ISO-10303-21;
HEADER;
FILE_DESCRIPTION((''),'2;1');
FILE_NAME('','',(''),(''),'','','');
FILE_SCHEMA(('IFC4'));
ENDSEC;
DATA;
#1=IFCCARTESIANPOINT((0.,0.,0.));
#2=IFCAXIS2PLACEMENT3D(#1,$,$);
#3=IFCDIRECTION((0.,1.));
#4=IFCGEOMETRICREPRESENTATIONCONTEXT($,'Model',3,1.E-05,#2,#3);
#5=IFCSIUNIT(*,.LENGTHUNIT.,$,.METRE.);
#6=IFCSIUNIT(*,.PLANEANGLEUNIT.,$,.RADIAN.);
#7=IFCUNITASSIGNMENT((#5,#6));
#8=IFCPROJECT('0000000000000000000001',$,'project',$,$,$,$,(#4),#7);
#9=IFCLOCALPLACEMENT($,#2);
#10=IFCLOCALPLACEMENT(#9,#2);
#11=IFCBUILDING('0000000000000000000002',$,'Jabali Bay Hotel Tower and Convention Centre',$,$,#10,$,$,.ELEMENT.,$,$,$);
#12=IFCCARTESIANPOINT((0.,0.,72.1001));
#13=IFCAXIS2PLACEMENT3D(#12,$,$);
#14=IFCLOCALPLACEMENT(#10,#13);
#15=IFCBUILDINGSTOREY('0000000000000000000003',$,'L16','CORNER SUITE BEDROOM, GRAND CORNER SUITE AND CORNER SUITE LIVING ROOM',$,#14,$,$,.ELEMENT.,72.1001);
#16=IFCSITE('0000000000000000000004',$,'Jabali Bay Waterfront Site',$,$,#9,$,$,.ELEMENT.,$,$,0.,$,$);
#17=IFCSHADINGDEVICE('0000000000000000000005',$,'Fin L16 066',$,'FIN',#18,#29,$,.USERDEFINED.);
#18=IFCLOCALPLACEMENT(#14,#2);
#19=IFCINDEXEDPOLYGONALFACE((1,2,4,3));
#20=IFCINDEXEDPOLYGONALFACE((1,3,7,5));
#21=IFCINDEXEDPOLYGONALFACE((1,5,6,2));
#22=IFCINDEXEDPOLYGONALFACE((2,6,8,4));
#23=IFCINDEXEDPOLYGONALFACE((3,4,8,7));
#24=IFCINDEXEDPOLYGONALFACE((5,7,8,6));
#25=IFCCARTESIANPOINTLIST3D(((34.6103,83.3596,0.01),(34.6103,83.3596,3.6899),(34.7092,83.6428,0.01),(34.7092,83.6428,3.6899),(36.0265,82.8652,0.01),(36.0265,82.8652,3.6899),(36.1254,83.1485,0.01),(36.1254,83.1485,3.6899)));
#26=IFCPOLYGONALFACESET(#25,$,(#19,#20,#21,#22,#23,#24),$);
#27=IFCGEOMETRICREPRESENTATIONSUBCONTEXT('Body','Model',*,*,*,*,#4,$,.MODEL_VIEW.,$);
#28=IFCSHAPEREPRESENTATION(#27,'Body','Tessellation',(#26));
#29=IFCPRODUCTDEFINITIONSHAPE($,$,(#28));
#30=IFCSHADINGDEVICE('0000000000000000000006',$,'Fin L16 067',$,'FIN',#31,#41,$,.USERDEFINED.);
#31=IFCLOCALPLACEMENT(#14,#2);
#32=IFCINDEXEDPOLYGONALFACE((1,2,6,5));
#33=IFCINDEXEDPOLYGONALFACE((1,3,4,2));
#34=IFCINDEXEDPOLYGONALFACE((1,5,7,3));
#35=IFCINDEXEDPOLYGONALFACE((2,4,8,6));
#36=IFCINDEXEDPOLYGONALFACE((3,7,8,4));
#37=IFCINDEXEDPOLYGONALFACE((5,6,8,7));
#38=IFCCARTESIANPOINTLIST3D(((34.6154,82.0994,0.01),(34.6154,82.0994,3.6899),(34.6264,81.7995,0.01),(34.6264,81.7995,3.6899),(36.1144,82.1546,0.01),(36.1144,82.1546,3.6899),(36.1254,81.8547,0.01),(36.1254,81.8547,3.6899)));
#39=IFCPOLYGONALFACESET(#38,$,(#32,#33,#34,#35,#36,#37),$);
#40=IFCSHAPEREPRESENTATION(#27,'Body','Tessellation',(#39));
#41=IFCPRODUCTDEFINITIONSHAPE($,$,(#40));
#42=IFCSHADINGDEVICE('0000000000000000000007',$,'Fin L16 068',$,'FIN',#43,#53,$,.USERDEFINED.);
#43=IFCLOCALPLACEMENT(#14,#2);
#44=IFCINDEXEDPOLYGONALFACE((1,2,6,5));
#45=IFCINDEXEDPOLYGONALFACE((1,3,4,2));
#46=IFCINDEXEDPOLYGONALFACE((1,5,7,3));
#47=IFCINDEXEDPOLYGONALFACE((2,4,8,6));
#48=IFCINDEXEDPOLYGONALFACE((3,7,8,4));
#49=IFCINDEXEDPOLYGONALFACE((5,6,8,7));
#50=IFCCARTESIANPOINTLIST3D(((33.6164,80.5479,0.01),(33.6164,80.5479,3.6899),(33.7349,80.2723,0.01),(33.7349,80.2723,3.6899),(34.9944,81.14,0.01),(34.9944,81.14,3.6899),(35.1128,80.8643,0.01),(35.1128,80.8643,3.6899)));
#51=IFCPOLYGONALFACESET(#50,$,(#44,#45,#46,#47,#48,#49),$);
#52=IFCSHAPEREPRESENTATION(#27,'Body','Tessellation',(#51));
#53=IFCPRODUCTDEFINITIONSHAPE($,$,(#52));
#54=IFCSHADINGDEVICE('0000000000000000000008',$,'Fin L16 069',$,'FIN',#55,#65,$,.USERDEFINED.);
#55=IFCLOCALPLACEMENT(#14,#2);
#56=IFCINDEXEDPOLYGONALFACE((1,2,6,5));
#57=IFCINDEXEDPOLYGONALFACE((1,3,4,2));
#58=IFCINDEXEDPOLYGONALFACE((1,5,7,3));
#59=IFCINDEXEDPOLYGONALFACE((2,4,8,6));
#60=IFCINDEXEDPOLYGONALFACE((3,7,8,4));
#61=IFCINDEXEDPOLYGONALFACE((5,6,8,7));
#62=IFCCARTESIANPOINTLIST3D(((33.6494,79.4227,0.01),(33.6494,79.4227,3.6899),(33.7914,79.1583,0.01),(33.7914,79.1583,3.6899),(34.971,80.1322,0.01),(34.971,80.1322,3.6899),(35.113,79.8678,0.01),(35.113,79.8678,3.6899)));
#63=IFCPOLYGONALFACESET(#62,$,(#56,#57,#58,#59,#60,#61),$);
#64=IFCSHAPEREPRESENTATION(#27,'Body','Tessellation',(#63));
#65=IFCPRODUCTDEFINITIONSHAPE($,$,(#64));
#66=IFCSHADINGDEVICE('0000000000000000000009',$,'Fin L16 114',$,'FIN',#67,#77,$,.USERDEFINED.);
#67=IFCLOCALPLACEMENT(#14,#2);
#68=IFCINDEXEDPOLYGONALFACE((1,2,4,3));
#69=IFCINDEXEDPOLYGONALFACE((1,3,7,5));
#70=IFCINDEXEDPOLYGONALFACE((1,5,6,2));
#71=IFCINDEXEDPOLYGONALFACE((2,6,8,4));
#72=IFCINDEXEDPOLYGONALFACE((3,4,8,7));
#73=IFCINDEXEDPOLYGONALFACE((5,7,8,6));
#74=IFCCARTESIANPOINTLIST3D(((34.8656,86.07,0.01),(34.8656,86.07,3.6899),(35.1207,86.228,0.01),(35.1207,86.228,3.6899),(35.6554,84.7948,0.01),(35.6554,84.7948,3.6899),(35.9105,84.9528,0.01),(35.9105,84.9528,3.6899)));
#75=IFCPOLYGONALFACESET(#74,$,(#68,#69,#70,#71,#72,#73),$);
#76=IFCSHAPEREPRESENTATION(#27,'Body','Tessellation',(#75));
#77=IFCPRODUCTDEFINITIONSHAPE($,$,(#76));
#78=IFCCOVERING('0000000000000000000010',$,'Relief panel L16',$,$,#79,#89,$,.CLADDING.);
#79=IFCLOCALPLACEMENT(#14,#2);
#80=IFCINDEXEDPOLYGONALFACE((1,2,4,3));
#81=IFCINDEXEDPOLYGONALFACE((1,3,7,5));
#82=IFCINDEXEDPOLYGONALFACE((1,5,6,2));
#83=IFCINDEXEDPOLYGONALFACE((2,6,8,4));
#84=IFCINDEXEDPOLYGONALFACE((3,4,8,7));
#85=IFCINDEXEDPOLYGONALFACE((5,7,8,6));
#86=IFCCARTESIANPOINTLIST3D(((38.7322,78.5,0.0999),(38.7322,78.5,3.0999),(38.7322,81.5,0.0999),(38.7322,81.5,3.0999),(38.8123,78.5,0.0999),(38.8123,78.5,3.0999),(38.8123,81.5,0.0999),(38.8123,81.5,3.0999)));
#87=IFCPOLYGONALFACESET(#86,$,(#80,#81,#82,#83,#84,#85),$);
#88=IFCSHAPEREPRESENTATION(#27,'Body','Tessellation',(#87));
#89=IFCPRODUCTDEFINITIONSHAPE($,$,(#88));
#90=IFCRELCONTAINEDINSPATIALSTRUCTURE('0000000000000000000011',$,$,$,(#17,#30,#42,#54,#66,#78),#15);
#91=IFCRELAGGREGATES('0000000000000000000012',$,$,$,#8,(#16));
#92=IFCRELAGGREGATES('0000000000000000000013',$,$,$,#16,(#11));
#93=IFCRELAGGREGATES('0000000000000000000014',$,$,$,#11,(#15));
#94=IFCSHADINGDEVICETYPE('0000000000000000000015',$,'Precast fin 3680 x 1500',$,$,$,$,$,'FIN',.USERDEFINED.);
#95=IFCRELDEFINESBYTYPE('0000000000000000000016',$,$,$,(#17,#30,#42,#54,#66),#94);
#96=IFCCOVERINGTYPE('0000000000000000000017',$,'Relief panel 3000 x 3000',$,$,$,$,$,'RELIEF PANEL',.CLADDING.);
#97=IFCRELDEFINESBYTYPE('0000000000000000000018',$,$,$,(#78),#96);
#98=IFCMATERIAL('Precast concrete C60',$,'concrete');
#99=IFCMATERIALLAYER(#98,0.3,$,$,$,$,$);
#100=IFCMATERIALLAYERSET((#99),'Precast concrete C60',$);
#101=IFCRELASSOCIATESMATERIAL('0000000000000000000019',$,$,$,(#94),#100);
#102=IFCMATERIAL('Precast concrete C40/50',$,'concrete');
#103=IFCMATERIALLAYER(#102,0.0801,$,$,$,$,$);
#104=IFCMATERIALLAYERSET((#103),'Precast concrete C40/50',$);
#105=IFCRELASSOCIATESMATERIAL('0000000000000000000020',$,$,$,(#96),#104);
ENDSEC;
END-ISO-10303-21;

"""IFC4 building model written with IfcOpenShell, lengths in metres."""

from ifc_helpers import new_model, si_unit, direction, frame, frame_2d, origin, origin_2d, place, context, subcontext, project, spatial, rectangle, extrude, material, layer, layer_set, type_object, element, save


model = new_model("IFC4")

# Units and contexts
model_context = context("Model", 3, precision=1e-05, world=origin(), true_north=direction((0.0, 1.0)))
body_context = subcontext(model_context, "Body", "Model", "MODEL_VIEW")
ifc_project = project(units=[si_unit("LENGTHUNIT", "METRE"), si_unit("PLANEANGLEUNIT", "RADIAN")], contexts=[model_context])

# Site, building, storey
site_placement = place(None, origin())
site = spatial("IfcSite", under=ifc_project, at=site_placement, Name="Jabali Bay Waterfront Site", CompositionType="ELEMENT", RefElevation=0.0)
building_placement = place(site_placement, origin())
building = spatial("IfcBuilding", under=site, at=building_placement, Name="Jabali Bay Hotel Tower and Convention Centre", CompositionType="ELEMENT")
storey_placement = place(building_placement, frame((0.0, 0.0, 72.1001)))
storey = spatial("IfcBuildingStorey", under=building, at=storey_placement, Name="L16", Description="CORNER SUITE BEDROOM, GRAND CORNER SUITE AND CORNER SUITE LIVING ROOM", CompositionType="ELEMENT", Elevation=72.1001)

# Shading devices
ifc_material_1 = material(Name="Precast concrete C60", Category="concrete")
ifc_layer_1 = layer(ifc_material_1, 0.3)
ifc_layer_set_1 = layer_set([ifc_layer_1], Name="Precast concrete C60")
shading_device_type = type_object("IfcShadingDeviceType", Name="Precast fin 3680 x 1500", ElementType="FIN", PredefinedType="USERDEFINED", material=ifc_layer_set_1)
for number, where, z_axis, x_axis, name in (
    (1, (36.0759, 83.0068, 0.01), (0.0, 0.0, 1.0), (-0.94413, 0.329575, 0.0), "Fin L16 066"),
    (2, (36.1199, 82.0046, 0.01), (0.0, 0.0, 1.0), (-0.999323, -0.036783, 0.0), "Fin L16 067"),
):
    element("IfcShadingDevice", number, at=place(storey_placement, frame(where, z_axis=z_axis, x_axis=x_axis)), inside=storey, type_object=shading_device_type, Name=name, ObjectType="FIN", PredefinedType="USERDEFINED", context=body_context, shape_type="SweptSolid", body=[
        extrude(rectangle(XDim=1.5, YDim=0.3, at=frame_2d((0.75, 0.0))), origin(), (0.0, 0.0, 1.0), 3.6799),
    ])
shading_device_1_placement = place(storey_placement, frame((35.0537, 81.0022, 0.01), z_axis=(0.0, 0.0, 1.0), x_axis=(-0.918783, -0.394764, 0.0)))
element("IfcShadingDevice", 3, at=shading_device_1_placement, inside=storey, type_object=shading_device_type, Name="Fin L16 068", ObjectType="FIN", PredefinedType="USERDEFINED", context=body_context, shape_type="SweptSolid", body=[
    extrude(rectangle(XDim=1.4998, YDim=0.3, at=frame_2d((0.75, 0.0))), origin(), (0.0, 0.0, 1.0), 3.6799),
])
for number, where, z_axis, x_axis, name in (
    (4, (35.042, 80.0, 0.01), (0.0, 0.0, 1.0), (-0.881061, -0.473003, 0.0), "Fin L16 069"),
    (5, (35.783, 84.8738, 0.01), (0.0, 0.0, 1.0), (-0.526556, 0.85014, 0.0), "Fin L16 114"),
):
    element("IfcShadingDevice", number, at=place(storey_placement, frame(where, z_axis=z_axis, x_axis=x_axis)), inside=storey, type_object=shading_device_type, Name=name, ObjectType="FIN", PredefinedType="USERDEFINED", context=body_context, shape_type="SweptSolid", body=[
        extrude(rectangle(XDim=1.5, YDim=0.3, at=frame_2d((0.75, 0.0))), origin(), (0.0, 0.0, 1.0), 3.6799),
    ])

# Covering
ifc_material_2 = material(Name="Precast concrete C40/50", Category="concrete")
ifc_layer_2 = layer(ifc_material_2, 0.0801)
ifc_layer_set_2 = layer_set([ifc_layer_2], Name="Precast concrete C40/50")
covering_type = type_object("IfcCoveringType", Name="Relief panel 3000 x 3000", ElementType="RELIEF PANEL", PredefinedType="CLADDING", material=ifc_layer_set_2)
covering_placement = place(storey_placement, frame((38.7722, 80.0, 0.0999), z_axis=(0.0, 0.0, 1.0), x_axis=(0.0, 1.0, 0.0)))
element("IfcCovering", 6, at=covering_placement, inside=storey, type_object=covering_type, Name="Relief panel L16", PredefinedType="CLADDING", context=body_context, shape_type="SweptSolid", body=[
    extrude(rectangle(XDim=3.0, YDim=0.0801, at=origin_2d()), origin(), (0.0, 0.0, 1.0), 3.0),
])

save(model, "model.ifc")
